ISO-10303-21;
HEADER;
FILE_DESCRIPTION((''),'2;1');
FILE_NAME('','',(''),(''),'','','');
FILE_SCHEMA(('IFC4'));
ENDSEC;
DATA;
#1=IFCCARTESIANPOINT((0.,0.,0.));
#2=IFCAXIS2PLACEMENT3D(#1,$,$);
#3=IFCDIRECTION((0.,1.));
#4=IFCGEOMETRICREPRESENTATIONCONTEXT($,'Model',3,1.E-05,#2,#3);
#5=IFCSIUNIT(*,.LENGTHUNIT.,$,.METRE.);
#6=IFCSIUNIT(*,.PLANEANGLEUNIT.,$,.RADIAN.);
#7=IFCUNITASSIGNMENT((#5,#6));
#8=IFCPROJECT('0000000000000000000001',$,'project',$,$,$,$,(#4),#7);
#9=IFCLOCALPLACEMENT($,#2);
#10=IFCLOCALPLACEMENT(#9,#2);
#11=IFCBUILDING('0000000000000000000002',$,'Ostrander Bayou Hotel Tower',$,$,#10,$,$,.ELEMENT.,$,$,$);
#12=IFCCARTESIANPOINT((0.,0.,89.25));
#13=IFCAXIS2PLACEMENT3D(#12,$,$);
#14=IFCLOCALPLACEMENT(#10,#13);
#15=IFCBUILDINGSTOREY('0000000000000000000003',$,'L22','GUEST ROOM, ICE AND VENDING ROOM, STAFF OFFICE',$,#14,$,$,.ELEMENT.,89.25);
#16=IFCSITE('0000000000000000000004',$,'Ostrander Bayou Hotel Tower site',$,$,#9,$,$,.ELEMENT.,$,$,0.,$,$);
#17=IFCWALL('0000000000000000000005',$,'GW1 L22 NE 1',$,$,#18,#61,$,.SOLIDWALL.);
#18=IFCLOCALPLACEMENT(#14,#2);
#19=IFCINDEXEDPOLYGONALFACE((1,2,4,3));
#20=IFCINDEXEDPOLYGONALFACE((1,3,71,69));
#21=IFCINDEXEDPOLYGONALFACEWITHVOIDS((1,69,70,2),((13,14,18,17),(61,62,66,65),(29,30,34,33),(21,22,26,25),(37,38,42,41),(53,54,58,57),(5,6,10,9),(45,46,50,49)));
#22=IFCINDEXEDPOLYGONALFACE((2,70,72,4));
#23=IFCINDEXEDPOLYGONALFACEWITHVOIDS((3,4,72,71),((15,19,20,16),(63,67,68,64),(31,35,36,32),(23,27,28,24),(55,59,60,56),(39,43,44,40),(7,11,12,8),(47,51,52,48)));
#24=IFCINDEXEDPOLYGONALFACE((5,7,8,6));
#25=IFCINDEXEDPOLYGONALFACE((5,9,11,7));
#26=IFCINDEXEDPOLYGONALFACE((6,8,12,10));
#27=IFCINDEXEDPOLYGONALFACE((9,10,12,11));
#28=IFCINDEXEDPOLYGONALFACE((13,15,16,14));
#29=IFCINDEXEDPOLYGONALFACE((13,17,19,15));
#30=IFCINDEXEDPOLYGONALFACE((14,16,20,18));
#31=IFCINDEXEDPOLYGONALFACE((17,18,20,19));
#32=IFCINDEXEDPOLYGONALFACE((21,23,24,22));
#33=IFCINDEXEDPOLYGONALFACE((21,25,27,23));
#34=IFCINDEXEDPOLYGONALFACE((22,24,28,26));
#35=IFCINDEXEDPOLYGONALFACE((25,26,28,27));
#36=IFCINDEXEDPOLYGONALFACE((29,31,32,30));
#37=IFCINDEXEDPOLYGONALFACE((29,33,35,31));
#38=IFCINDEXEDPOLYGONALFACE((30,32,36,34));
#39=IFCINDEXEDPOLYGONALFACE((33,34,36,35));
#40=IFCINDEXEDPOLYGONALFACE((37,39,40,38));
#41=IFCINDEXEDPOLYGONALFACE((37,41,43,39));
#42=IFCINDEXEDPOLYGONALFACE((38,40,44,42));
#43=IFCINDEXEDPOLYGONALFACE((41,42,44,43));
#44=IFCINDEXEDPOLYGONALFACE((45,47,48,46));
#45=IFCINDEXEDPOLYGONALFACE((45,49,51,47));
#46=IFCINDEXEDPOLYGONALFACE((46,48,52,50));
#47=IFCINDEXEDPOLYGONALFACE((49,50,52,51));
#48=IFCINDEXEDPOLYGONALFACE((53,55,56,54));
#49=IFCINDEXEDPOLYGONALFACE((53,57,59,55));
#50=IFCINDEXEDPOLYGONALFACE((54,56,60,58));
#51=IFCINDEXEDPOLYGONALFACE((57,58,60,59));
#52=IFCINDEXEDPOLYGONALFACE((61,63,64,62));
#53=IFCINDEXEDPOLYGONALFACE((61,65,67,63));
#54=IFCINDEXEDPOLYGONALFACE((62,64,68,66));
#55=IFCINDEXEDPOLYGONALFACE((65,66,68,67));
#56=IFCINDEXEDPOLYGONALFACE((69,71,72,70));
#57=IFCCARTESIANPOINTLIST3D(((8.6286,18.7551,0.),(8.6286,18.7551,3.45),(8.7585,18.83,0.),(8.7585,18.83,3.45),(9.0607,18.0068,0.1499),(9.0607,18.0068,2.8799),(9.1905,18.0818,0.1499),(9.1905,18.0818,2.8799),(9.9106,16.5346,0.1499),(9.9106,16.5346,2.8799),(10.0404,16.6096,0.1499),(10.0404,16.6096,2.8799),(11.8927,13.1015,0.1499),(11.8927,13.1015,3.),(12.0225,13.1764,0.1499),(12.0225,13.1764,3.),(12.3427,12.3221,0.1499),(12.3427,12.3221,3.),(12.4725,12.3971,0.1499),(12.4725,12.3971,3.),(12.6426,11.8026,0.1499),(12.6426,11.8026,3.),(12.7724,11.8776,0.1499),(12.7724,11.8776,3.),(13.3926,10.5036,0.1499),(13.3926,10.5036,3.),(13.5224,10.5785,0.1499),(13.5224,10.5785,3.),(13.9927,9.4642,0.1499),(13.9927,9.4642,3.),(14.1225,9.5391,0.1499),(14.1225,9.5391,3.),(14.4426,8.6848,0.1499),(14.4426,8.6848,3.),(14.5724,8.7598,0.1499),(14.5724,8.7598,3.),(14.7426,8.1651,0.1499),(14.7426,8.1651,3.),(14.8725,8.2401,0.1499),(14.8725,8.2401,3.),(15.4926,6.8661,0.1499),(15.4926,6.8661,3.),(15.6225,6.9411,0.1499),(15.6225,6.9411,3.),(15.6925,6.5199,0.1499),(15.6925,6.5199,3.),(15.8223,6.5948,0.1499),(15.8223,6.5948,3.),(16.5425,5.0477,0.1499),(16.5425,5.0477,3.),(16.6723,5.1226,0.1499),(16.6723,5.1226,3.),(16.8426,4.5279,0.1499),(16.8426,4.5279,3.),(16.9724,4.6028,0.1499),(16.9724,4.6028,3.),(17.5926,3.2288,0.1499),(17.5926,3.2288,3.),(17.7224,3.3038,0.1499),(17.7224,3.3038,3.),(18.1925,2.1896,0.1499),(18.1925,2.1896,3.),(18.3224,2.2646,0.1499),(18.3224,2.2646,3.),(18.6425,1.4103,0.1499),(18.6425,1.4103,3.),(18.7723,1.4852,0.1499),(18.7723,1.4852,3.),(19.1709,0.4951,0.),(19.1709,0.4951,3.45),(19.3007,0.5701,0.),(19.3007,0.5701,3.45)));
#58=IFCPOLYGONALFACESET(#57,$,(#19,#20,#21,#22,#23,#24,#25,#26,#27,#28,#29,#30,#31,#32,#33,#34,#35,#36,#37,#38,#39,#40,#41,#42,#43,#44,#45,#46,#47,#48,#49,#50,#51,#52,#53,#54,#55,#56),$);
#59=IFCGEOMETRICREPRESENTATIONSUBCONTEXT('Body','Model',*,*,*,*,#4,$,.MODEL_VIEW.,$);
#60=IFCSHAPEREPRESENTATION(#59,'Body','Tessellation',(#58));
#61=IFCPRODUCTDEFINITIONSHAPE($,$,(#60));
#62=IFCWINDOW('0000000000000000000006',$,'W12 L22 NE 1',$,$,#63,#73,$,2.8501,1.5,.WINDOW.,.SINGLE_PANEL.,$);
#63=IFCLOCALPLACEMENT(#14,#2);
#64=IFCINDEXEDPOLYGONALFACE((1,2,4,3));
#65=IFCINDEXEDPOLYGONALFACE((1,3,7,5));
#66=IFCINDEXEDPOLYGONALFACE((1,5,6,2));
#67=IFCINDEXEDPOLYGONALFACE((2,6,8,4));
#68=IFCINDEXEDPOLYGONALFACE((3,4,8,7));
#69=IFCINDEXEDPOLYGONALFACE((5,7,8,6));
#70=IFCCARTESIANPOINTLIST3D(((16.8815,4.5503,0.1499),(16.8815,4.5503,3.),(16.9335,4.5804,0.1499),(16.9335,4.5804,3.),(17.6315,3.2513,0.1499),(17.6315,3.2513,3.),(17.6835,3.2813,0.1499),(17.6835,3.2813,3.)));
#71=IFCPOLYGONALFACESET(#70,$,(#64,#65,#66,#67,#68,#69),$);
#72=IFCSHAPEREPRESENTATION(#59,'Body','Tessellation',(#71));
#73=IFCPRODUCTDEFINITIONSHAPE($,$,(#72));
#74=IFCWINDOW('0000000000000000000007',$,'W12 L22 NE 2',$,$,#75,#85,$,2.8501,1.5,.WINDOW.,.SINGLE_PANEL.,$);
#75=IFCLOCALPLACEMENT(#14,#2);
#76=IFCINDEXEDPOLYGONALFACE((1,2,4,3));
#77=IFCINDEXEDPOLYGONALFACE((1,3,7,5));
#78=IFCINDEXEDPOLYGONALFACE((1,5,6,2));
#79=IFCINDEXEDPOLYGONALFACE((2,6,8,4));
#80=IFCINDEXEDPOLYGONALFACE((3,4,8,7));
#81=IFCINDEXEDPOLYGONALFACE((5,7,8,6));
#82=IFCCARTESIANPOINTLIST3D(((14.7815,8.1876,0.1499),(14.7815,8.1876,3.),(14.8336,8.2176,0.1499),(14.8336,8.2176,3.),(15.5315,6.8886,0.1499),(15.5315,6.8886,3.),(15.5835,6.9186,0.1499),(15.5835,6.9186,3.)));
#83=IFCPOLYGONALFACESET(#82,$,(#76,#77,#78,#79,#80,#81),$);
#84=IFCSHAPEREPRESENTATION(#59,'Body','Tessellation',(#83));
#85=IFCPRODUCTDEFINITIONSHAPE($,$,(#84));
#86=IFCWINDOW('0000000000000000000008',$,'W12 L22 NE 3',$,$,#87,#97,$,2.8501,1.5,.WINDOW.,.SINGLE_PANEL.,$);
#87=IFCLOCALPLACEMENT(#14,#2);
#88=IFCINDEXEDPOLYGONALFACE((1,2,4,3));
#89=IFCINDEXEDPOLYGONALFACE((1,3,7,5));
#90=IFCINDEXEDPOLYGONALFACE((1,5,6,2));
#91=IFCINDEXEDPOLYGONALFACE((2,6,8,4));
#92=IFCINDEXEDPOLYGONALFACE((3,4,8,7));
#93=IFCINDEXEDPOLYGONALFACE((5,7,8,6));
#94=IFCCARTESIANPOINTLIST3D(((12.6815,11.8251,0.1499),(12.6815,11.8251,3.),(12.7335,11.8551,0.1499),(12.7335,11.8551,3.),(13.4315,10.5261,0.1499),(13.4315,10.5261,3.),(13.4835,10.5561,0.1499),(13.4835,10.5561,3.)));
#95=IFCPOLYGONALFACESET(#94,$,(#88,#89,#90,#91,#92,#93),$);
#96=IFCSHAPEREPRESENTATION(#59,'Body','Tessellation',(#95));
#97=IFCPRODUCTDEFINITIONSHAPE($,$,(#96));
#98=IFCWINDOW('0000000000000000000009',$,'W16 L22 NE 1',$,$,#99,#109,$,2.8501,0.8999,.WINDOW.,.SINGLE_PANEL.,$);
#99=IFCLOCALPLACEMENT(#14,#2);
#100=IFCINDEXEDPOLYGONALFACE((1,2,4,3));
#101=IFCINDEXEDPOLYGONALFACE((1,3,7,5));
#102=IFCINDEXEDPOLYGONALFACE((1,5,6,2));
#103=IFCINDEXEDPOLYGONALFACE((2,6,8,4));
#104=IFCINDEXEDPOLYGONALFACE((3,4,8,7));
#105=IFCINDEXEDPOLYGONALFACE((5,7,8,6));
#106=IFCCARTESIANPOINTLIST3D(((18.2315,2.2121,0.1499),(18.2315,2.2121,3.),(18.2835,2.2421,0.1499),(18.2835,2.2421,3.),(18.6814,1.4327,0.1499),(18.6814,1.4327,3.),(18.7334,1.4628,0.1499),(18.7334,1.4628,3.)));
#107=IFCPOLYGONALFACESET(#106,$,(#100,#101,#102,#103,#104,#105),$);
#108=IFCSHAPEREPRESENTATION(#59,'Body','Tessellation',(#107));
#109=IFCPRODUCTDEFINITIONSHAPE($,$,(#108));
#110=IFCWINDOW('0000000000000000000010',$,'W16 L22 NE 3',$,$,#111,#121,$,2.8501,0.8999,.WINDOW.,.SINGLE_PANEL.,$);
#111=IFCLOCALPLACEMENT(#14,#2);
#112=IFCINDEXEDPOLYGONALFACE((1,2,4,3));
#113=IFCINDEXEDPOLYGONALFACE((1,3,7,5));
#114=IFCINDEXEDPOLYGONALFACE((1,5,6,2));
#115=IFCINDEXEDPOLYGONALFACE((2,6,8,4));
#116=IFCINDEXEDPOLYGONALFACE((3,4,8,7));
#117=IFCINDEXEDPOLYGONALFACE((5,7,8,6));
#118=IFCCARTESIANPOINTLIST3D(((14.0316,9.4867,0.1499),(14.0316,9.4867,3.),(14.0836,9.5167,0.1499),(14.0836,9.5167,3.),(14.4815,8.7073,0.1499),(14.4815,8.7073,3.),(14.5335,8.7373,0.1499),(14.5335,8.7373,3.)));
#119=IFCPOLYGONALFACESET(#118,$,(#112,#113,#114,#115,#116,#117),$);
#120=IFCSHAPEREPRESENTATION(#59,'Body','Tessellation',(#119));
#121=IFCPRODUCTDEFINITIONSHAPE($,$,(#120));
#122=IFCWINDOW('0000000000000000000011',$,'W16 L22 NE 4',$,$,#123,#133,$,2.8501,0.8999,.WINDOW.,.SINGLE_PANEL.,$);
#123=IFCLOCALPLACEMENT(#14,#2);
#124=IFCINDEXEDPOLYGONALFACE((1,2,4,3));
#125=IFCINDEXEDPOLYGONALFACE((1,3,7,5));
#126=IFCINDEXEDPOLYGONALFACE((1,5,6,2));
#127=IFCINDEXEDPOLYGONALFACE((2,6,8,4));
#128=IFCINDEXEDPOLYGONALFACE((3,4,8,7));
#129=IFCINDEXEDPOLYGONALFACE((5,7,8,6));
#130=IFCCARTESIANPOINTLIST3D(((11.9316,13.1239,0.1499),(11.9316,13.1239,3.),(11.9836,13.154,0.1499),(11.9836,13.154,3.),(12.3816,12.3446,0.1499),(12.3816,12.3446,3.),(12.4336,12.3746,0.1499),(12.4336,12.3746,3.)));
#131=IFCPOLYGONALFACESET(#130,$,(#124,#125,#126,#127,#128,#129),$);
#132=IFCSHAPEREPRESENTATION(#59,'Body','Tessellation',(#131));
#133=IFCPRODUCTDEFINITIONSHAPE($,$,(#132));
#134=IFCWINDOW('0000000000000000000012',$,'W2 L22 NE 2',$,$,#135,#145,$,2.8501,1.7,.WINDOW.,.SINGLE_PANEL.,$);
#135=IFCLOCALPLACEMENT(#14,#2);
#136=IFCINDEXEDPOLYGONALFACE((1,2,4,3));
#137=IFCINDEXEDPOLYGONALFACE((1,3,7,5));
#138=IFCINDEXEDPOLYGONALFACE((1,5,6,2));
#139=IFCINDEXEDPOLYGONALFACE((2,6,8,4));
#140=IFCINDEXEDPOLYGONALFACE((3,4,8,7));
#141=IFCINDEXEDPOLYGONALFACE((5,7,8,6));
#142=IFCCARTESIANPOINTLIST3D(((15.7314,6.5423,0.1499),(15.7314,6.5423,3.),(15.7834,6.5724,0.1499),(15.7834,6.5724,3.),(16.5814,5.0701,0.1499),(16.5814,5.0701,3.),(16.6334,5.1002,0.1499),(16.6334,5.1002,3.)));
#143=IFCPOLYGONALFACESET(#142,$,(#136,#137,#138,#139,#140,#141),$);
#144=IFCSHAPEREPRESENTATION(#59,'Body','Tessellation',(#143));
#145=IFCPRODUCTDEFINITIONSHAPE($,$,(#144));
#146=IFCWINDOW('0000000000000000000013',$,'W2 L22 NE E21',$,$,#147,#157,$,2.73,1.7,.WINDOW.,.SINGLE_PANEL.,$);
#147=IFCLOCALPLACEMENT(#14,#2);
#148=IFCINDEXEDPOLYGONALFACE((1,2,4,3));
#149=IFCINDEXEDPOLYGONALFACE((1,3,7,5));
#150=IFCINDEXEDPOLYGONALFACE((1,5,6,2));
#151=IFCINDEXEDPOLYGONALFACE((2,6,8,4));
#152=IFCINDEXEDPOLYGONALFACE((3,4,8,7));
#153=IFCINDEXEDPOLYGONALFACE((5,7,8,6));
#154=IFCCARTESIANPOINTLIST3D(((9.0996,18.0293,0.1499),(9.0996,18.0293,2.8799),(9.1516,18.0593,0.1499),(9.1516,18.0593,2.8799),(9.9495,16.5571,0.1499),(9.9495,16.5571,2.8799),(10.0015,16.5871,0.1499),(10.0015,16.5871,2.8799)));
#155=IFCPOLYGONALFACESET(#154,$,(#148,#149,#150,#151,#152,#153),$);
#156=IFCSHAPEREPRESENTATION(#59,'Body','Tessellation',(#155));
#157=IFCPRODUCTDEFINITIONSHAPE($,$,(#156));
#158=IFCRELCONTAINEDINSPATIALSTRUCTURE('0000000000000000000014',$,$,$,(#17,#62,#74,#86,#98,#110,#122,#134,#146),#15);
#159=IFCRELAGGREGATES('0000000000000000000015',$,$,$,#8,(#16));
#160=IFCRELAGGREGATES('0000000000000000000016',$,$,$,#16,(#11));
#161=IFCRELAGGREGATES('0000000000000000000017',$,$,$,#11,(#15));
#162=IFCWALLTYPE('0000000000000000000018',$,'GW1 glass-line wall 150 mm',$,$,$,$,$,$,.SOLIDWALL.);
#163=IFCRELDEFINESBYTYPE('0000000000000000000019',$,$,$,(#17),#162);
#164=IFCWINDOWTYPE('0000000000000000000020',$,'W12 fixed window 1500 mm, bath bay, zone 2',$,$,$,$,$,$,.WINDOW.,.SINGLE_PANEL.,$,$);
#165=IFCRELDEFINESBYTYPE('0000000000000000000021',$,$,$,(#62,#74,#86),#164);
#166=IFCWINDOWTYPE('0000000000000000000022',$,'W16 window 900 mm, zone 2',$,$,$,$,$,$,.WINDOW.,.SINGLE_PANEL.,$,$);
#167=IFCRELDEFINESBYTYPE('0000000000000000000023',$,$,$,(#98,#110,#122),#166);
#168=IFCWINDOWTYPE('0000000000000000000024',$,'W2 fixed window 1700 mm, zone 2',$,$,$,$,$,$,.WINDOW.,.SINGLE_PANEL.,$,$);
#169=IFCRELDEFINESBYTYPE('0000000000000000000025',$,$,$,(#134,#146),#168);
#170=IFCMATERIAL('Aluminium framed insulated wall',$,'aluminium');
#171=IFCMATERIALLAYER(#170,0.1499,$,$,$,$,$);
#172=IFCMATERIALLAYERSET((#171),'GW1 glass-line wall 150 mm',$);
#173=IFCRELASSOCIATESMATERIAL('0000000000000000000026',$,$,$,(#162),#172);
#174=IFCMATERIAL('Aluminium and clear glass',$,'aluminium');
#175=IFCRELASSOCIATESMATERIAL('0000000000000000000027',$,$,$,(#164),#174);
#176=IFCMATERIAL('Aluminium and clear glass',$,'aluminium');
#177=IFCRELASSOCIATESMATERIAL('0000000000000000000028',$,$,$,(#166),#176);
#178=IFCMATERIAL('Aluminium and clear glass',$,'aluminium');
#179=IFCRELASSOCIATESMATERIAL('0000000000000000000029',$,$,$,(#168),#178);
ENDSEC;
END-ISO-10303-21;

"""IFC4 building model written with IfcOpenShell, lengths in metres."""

from ifc_helpers import new_model, si_unit, direction, frame, frame_2d, origin, place, context, subcontext, project, spatial, rectangle, extrude, material, layer, layer_set, type_object, element, fill, save


model = new_model("IFC4")

# Units and contexts
model_context = context("Model", 3, precision=1e-05, world=origin(), true_north=direction((0.0, 1.0)))
body_context = subcontext(model_context, "Body", "Model", "MODEL_VIEW")
ifc_project = project(units=[si_unit("LENGTHUNIT", "METRE"), si_unit("PLANEANGLEUNIT", "RADIAN")], contexts=[model_context])

# Site, building, storey
site_placement = place(None, origin())
site = spatial("IfcSite", under=ifc_project, at=site_placement, Name="Ostrander Bayou Hotel Tower site", CompositionType="ELEMENT", RefElevation=0.0)
building_placement = place(site_placement, origin())
building = spatial("IfcBuilding", under=site, at=building_placement, Name="Ostrander Bayou Hotel Tower", CompositionType="ELEMENT")
storey_placement = place(building_placement, frame((0.0, 0.0, 89.25)))
storey = spatial("IfcBuildingStorey", under=building, at=storey_placement, Name="L22", Description="GUEST ROOM, ICE AND VENDING ROOM, STAFF OFFICE", CompositionType="ELEMENT", Elevation=89.25)

# Wall, openings, windows
ifc_material_1 = material(Name="Aluminium framed insulated wall", Category="aluminium")
ifc_layer_1 = layer(ifc_material_1, 0.1499)
ifc_layer_set_1 = layer_set([ifc_layer_1], Name="GW1 glass-line wall 150 mm")
wall_type_1 = type_object("IfcWallType", Name="GW1 glass-line wall 150 mm", PredefinedType="SOLIDWALL", material=ifc_layer_set_1)
wall_1_placement = place(storey_placement, frame((19.2358, 0.5325, 0.0), z_axis=(0.0, 0.0, 1.0), x_axis=(-0.499993, 0.866029, 0.0)))
wall_1 = element("IfcWall", 1, at=wall_1_placement, inside=storey, type_object=wall_type_1, Name="GW1 L22 NE 1", PredefinedType="SOLIDWALL", context=body_context, shape_type="SweptSolid", body=[
    extrude(rectangle(XDim=21.0847, YDim=0.1499, at=frame_2d((10.5425, 0.0))), origin(), (0.0, 0.0, 1.0), 3.45),
])
opening_1_placement = place(wall_1_placement, frame((1.0569, 0.0, 0.1499)))
opening_1 = element("IfcOpeningElement", 2, at=opening_1_placement, cuts=wall_1, PredefinedType="OPENING", context=body_context, shape_type="SweptSolid", body=[
    extrude(rectangle(XDim=0.8999, YDim=2.8501, at=frame_2d((0.45, 1.425))), frame((0.0, 0.075, 0.0), z_axis=(0.0, -1.0, 0.0), x_axis=(1.0, 0.0, 0.0)), (0.0, 0.0, 1.0), 0.1499),
])
opening_2_placement = place(wall_1_placement, frame((3.1567, 0.0, 0.1499)))
opening_2 = element("IfcOpeningElement", 3, at=opening_2_placement, cuts=wall_1, PredefinedType="OPENING", context=body_context, shape_type="SweptSolid", body=[
    extrude(rectangle(XDim=1.5, YDim=2.8501, at=frame_2d((0.75, 1.425))), frame((0.0, 0.075, 0.0), z_axis=(0.0, -1.0, 0.0), x_axis=(1.0, 0.0, 0.0)), (0.0, 0.0, 1.0), 0.1499),
])
opening_3_placement = place(wall_1_placement, frame((5.2568, 0.0, 0.1499)))
opening_3 = element("IfcOpeningElement", 4, at=opening_3_placement, cuts=wall_1, PredefinedType="OPENING", context=body_context, shape_type="SweptSolid", body=[
    extrude(rectangle(XDim=1.7, YDim=2.8501, at=frame_2d((0.8501, 1.425))), frame((0.0, 0.075, 0.0), z_axis=(0.0, -1.0, 0.0), x_axis=(1.0, 0.0, 0.0)), (0.0, 0.0, 1.0), 0.1499),
])
opening_4_placement = place(wall_1_placement, frame((7.3567, 0.0, 0.1499)))
opening_4 = element("IfcOpeningElement", 5, at=opening_4_placement, cuts=wall_1, PredefinedType="OPENING", context=body_context, shape_type="SweptSolid", body=[
    extrude(rectangle(XDim=1.5, YDim=2.8501, at=frame_2d((0.75, 1.425))), frame((0.0, 0.075, 0.0), z_axis=(0.0, -1.0, 0.0), x_axis=(1.0, 0.0, 0.0)), (0.0, 0.0, 1.0), 0.1499),
])
opening_5_placement = place(wall_1_placement, frame((9.4568, 0.0, 0.1499)))
opening_5 = element("IfcOpeningElement", 6, at=opening_5_placement, cuts=wall_1, PredefinedType="OPENING", context=body_context, shape_type="SweptSolid", body=[
    extrude(rectangle(XDim=0.8999, YDim=2.8501, at=frame_2d((0.45, 1.425))), frame((0.0, 0.075, 0.0), z_axis=(0.0, -1.0, 0.0), x_axis=(1.0, 0.0, 0.0)), (0.0, 0.0, 1.0), 0.1499),
])
opening_6_placement = place(wall_1_placement, frame((11.5569, 0.0, 0.1499)))
opening_6 = element("IfcOpeningElement", 7, at=opening_6_placement, cuts=wall_1, PredefinedType="OPENING", context=body_context, shape_type="SweptSolid", body=[
    extrude(rectangle(XDim=1.5, YDim=2.8501, at=frame_2d((0.75, 1.425))), frame((0.0, 0.075, 0.0), z_axis=(0.0, -1.0, 0.0), x_axis=(1.0, 0.0, 0.0)), (0.0, 0.0, 1.0), 0.1499),
])
opening_7_placement = place(wall_1_placement, frame((13.6567, 0.0, 0.1499)))
opening_7 = element("IfcOpeningElement", 8, at=opening_7_placement, cuts=wall_1, PredefinedType="OPENING", context=body_context, shape_type="SweptSolid", body=[
    extrude(rectangle(XDim=0.8999, YDim=2.8501, at=frame_2d((0.45, 1.425))), frame((0.0, 0.075, 0.0), z_axis=(0.0, -1.0, 0.0), x_axis=(1.0, 0.0, 0.0)), (0.0, 0.0, 1.0), 0.1499),
])
opening_8_placement = place(wall_1_placement, frame((18.5208, 0.0, 0.1499)))
opening_8 = element("IfcOpeningElement", 9, at=opening_8_placement, cuts=wall_1, PredefinedType="OPENING", context=body_context, shape_type="SweptSolid", body=[
    extrude(rectangle(XDim=1.7, YDim=2.73, at=frame_2d((0.8501, 1.365))), frame((0.0, 0.075, 0.0), z_axis=(0.0, -1.0, 0.0), x_axis=(1.0, 0.0, 0.0)), (0.0, 0.0, 1.0), 0.1499),
])
ifc_material_2 = material(Name="Aluminium and clear glass", Category="aluminium")
window_type_1 = type_object("IfcWindowType", Name="W12 fixed window 1500 mm, bath bay, zone 2", PartitioningType="SINGLE_PANEL", PredefinedType="WINDOW", material=ifc_material_2)
window_1_placement = place(opening_2_placement, origin())
window_1 = element("IfcWindow", 10, at=window_1_placement, inside=storey, type_object=window_type_1, Name="W12 L22 NE 1", OverallHeight=2.8501, OverallWidth=1.5, PartitioningType="SINGLE_PANEL", PredefinedType="WINDOW", context=body_context, shape_type="SweptSolid", body=[
    extrude(rectangle(XDim=1.5, YDim=2.8501, at=frame_2d((0.75, 1.425))), frame((0.0, 0.03, 0.0), z_axis=(0.0, -1.0, 0.0), x_axis=(1.0, 0.0, 0.0)), (0.0, 0.0, 1.0), 0.0601),
])
fill(opening_2, window_1)
window_2_placement = place(opening_4_placement, origin())
window_2 = element("IfcWindow", 11, at=window_2_placement, inside=storey, type_object=window_type_1, Name="W12 L22 NE 2", OverallHeight=2.8501, OverallWidth=1.5, PartitioningType="SINGLE_PANEL", PredefinedType="WINDOW", context=body_context, shape_type="SweptSolid", body=[
    extrude(rectangle(XDim=1.5, YDim=2.8501, at=frame_2d((0.75, 1.425))), frame((0.0, 0.03, 0.0), z_axis=(0.0, -1.0, 0.0), x_axis=(1.0, 0.0, 0.0)), (0.0, 0.0, 1.0), 0.0601),
])
fill(opening_4, window_2)
window_3_placement = place(opening_6_placement, origin())
window_3 = element("IfcWindow", 12, at=window_3_placement, inside=storey, type_object=window_type_1, Name="W12 L22 NE 3", OverallHeight=2.8501, OverallWidth=1.5, PartitioningType="SINGLE_PANEL", PredefinedType="WINDOW", context=body_context, shape_type="SweptSolid", body=[
    extrude(rectangle(XDim=1.5, YDim=2.8501, at=frame_2d((0.75, 1.425))), frame((0.0, 0.03, 0.0), z_axis=(0.0, -1.0, 0.0), x_axis=(1.0, 0.0, 0.0)), (0.0, 0.0, 1.0), 0.0601),
])
fill(opening_6, window_3)
ifc_material_3 = material(Name="Aluminium and clear glass", Category="aluminium")
window_type_2 = type_object("IfcWindowType", Name="W16 window 900 mm, zone 2", PartitioningType="SINGLE_PANEL", PredefinedType="WINDOW", material=ifc_material_3)
window_4_placement = place(opening_1_placement, origin())
window_4 = element("IfcWindow", 13, at=window_4_placement, inside=storey, type_object=window_type_2, Name="W16 L22 NE 1", OverallHeight=2.8501, OverallWidth=0.8999, PartitioningType="SINGLE_PANEL", PredefinedType="WINDOW", context=body_context, shape_type="SweptSolid", body=[
    extrude(rectangle(XDim=0.8999, YDim=2.8501, at=frame_2d((0.45, 1.425))), frame((0.0, 0.03, 0.0), z_axis=(0.0, -1.0, 0.0), x_axis=(1.0, 0.0, 0.0)), (0.0, 0.0, 1.0), 0.0601),
])
fill(opening_1, window_4)
window_5_placement = place(opening_5_placement, origin())
window_5 = element("IfcWindow", 14, at=window_5_placement, inside=storey, type_object=window_type_2, Name="W16 L22 NE 3", OverallHeight=2.8501, OverallWidth=0.8999, PartitioningType="SINGLE_PANEL", PredefinedType="WINDOW", context=body_context, shape_type="SweptSolid", body=[
    extrude(rectangle(XDim=0.8999, YDim=2.8501, at=frame_2d((0.45, 1.425))), frame((0.0, 0.03, 0.0), z_axis=(0.0, -1.0, 0.0), x_axis=(1.0, 0.0, 0.0)), (0.0, 0.0, 1.0), 0.0601),
])
fill(opening_5, window_5)
window_6_placement = place(opening_7_placement, origin())
window_6 = element("IfcWindow", 15, at=window_6_placement, inside=storey, type_object=window_type_2, Name="W16 L22 NE 4", OverallHeight=2.8501, OverallWidth=0.8999, PartitioningType="SINGLE_PANEL", PredefinedType="WINDOW", context=body_context, shape_type="SweptSolid", body=[
    extrude(rectangle(XDim=0.8999, YDim=2.8501, at=frame_2d((0.45, 1.425))), frame((0.0, 0.03, 0.0), z_axis=(0.0, -1.0, 0.0), x_axis=(1.0, 0.0, 0.0)), (0.0, 0.0, 1.0), 0.0601),
])
fill(opening_7, window_6)
ifc_material_4 = material(Name="Aluminium and clear glass", Category="aluminium")
window_type_3 = type_object("IfcWindowType", Name="W2 fixed window 1700 mm, zone 2", PartitioningType="SINGLE_PANEL", PredefinedType="WINDOW", material=ifc_material_4)
window_7_placement = place(opening_3_placement, origin())
window_7 = element("IfcWindow", 16, at=window_7_placement, inside=storey, type_object=window_type_3, Name="W2 L22 NE 2", OverallHeight=2.8501, OverallWidth=1.7, PartitioningType="SINGLE_PANEL", PredefinedType="WINDOW", context=body_context, shape_type="SweptSolid", body=[
    extrude(rectangle(XDim=1.7, YDim=2.8501, at=frame_2d((0.8501, 1.425))), frame((0.0, 0.03, 0.0), z_axis=(0.0, -1.0, 0.0), x_axis=(1.0, 0.0, 0.0)), (0.0, 0.0, 1.0), 0.0601),
])
fill(opening_3, window_7)
window_8_placement = place(opening_8_placement, origin())
window_8 = element("IfcWindow", 17, at=window_8_placement, inside=storey, type_object=window_type_3, Name="W2 L22 NE E21", OverallHeight=2.73, OverallWidth=1.7, PartitioningType="SINGLE_PANEL", PredefinedType="WINDOW", context=body_context, shape_type="SweptSolid", body=[
    extrude(rectangle(XDim=1.7, YDim=2.73, at=frame_2d((0.8501, 1.365))), frame((0.0, 0.03, 0.0), z_axis=(0.0, -1.0, 0.0), x_axis=(1.0, 0.0, 0.0)), (0.0, 0.0, 1.0), 0.0601),
])
fill(opening_8, window_8)

save(model, "model.ifc")
